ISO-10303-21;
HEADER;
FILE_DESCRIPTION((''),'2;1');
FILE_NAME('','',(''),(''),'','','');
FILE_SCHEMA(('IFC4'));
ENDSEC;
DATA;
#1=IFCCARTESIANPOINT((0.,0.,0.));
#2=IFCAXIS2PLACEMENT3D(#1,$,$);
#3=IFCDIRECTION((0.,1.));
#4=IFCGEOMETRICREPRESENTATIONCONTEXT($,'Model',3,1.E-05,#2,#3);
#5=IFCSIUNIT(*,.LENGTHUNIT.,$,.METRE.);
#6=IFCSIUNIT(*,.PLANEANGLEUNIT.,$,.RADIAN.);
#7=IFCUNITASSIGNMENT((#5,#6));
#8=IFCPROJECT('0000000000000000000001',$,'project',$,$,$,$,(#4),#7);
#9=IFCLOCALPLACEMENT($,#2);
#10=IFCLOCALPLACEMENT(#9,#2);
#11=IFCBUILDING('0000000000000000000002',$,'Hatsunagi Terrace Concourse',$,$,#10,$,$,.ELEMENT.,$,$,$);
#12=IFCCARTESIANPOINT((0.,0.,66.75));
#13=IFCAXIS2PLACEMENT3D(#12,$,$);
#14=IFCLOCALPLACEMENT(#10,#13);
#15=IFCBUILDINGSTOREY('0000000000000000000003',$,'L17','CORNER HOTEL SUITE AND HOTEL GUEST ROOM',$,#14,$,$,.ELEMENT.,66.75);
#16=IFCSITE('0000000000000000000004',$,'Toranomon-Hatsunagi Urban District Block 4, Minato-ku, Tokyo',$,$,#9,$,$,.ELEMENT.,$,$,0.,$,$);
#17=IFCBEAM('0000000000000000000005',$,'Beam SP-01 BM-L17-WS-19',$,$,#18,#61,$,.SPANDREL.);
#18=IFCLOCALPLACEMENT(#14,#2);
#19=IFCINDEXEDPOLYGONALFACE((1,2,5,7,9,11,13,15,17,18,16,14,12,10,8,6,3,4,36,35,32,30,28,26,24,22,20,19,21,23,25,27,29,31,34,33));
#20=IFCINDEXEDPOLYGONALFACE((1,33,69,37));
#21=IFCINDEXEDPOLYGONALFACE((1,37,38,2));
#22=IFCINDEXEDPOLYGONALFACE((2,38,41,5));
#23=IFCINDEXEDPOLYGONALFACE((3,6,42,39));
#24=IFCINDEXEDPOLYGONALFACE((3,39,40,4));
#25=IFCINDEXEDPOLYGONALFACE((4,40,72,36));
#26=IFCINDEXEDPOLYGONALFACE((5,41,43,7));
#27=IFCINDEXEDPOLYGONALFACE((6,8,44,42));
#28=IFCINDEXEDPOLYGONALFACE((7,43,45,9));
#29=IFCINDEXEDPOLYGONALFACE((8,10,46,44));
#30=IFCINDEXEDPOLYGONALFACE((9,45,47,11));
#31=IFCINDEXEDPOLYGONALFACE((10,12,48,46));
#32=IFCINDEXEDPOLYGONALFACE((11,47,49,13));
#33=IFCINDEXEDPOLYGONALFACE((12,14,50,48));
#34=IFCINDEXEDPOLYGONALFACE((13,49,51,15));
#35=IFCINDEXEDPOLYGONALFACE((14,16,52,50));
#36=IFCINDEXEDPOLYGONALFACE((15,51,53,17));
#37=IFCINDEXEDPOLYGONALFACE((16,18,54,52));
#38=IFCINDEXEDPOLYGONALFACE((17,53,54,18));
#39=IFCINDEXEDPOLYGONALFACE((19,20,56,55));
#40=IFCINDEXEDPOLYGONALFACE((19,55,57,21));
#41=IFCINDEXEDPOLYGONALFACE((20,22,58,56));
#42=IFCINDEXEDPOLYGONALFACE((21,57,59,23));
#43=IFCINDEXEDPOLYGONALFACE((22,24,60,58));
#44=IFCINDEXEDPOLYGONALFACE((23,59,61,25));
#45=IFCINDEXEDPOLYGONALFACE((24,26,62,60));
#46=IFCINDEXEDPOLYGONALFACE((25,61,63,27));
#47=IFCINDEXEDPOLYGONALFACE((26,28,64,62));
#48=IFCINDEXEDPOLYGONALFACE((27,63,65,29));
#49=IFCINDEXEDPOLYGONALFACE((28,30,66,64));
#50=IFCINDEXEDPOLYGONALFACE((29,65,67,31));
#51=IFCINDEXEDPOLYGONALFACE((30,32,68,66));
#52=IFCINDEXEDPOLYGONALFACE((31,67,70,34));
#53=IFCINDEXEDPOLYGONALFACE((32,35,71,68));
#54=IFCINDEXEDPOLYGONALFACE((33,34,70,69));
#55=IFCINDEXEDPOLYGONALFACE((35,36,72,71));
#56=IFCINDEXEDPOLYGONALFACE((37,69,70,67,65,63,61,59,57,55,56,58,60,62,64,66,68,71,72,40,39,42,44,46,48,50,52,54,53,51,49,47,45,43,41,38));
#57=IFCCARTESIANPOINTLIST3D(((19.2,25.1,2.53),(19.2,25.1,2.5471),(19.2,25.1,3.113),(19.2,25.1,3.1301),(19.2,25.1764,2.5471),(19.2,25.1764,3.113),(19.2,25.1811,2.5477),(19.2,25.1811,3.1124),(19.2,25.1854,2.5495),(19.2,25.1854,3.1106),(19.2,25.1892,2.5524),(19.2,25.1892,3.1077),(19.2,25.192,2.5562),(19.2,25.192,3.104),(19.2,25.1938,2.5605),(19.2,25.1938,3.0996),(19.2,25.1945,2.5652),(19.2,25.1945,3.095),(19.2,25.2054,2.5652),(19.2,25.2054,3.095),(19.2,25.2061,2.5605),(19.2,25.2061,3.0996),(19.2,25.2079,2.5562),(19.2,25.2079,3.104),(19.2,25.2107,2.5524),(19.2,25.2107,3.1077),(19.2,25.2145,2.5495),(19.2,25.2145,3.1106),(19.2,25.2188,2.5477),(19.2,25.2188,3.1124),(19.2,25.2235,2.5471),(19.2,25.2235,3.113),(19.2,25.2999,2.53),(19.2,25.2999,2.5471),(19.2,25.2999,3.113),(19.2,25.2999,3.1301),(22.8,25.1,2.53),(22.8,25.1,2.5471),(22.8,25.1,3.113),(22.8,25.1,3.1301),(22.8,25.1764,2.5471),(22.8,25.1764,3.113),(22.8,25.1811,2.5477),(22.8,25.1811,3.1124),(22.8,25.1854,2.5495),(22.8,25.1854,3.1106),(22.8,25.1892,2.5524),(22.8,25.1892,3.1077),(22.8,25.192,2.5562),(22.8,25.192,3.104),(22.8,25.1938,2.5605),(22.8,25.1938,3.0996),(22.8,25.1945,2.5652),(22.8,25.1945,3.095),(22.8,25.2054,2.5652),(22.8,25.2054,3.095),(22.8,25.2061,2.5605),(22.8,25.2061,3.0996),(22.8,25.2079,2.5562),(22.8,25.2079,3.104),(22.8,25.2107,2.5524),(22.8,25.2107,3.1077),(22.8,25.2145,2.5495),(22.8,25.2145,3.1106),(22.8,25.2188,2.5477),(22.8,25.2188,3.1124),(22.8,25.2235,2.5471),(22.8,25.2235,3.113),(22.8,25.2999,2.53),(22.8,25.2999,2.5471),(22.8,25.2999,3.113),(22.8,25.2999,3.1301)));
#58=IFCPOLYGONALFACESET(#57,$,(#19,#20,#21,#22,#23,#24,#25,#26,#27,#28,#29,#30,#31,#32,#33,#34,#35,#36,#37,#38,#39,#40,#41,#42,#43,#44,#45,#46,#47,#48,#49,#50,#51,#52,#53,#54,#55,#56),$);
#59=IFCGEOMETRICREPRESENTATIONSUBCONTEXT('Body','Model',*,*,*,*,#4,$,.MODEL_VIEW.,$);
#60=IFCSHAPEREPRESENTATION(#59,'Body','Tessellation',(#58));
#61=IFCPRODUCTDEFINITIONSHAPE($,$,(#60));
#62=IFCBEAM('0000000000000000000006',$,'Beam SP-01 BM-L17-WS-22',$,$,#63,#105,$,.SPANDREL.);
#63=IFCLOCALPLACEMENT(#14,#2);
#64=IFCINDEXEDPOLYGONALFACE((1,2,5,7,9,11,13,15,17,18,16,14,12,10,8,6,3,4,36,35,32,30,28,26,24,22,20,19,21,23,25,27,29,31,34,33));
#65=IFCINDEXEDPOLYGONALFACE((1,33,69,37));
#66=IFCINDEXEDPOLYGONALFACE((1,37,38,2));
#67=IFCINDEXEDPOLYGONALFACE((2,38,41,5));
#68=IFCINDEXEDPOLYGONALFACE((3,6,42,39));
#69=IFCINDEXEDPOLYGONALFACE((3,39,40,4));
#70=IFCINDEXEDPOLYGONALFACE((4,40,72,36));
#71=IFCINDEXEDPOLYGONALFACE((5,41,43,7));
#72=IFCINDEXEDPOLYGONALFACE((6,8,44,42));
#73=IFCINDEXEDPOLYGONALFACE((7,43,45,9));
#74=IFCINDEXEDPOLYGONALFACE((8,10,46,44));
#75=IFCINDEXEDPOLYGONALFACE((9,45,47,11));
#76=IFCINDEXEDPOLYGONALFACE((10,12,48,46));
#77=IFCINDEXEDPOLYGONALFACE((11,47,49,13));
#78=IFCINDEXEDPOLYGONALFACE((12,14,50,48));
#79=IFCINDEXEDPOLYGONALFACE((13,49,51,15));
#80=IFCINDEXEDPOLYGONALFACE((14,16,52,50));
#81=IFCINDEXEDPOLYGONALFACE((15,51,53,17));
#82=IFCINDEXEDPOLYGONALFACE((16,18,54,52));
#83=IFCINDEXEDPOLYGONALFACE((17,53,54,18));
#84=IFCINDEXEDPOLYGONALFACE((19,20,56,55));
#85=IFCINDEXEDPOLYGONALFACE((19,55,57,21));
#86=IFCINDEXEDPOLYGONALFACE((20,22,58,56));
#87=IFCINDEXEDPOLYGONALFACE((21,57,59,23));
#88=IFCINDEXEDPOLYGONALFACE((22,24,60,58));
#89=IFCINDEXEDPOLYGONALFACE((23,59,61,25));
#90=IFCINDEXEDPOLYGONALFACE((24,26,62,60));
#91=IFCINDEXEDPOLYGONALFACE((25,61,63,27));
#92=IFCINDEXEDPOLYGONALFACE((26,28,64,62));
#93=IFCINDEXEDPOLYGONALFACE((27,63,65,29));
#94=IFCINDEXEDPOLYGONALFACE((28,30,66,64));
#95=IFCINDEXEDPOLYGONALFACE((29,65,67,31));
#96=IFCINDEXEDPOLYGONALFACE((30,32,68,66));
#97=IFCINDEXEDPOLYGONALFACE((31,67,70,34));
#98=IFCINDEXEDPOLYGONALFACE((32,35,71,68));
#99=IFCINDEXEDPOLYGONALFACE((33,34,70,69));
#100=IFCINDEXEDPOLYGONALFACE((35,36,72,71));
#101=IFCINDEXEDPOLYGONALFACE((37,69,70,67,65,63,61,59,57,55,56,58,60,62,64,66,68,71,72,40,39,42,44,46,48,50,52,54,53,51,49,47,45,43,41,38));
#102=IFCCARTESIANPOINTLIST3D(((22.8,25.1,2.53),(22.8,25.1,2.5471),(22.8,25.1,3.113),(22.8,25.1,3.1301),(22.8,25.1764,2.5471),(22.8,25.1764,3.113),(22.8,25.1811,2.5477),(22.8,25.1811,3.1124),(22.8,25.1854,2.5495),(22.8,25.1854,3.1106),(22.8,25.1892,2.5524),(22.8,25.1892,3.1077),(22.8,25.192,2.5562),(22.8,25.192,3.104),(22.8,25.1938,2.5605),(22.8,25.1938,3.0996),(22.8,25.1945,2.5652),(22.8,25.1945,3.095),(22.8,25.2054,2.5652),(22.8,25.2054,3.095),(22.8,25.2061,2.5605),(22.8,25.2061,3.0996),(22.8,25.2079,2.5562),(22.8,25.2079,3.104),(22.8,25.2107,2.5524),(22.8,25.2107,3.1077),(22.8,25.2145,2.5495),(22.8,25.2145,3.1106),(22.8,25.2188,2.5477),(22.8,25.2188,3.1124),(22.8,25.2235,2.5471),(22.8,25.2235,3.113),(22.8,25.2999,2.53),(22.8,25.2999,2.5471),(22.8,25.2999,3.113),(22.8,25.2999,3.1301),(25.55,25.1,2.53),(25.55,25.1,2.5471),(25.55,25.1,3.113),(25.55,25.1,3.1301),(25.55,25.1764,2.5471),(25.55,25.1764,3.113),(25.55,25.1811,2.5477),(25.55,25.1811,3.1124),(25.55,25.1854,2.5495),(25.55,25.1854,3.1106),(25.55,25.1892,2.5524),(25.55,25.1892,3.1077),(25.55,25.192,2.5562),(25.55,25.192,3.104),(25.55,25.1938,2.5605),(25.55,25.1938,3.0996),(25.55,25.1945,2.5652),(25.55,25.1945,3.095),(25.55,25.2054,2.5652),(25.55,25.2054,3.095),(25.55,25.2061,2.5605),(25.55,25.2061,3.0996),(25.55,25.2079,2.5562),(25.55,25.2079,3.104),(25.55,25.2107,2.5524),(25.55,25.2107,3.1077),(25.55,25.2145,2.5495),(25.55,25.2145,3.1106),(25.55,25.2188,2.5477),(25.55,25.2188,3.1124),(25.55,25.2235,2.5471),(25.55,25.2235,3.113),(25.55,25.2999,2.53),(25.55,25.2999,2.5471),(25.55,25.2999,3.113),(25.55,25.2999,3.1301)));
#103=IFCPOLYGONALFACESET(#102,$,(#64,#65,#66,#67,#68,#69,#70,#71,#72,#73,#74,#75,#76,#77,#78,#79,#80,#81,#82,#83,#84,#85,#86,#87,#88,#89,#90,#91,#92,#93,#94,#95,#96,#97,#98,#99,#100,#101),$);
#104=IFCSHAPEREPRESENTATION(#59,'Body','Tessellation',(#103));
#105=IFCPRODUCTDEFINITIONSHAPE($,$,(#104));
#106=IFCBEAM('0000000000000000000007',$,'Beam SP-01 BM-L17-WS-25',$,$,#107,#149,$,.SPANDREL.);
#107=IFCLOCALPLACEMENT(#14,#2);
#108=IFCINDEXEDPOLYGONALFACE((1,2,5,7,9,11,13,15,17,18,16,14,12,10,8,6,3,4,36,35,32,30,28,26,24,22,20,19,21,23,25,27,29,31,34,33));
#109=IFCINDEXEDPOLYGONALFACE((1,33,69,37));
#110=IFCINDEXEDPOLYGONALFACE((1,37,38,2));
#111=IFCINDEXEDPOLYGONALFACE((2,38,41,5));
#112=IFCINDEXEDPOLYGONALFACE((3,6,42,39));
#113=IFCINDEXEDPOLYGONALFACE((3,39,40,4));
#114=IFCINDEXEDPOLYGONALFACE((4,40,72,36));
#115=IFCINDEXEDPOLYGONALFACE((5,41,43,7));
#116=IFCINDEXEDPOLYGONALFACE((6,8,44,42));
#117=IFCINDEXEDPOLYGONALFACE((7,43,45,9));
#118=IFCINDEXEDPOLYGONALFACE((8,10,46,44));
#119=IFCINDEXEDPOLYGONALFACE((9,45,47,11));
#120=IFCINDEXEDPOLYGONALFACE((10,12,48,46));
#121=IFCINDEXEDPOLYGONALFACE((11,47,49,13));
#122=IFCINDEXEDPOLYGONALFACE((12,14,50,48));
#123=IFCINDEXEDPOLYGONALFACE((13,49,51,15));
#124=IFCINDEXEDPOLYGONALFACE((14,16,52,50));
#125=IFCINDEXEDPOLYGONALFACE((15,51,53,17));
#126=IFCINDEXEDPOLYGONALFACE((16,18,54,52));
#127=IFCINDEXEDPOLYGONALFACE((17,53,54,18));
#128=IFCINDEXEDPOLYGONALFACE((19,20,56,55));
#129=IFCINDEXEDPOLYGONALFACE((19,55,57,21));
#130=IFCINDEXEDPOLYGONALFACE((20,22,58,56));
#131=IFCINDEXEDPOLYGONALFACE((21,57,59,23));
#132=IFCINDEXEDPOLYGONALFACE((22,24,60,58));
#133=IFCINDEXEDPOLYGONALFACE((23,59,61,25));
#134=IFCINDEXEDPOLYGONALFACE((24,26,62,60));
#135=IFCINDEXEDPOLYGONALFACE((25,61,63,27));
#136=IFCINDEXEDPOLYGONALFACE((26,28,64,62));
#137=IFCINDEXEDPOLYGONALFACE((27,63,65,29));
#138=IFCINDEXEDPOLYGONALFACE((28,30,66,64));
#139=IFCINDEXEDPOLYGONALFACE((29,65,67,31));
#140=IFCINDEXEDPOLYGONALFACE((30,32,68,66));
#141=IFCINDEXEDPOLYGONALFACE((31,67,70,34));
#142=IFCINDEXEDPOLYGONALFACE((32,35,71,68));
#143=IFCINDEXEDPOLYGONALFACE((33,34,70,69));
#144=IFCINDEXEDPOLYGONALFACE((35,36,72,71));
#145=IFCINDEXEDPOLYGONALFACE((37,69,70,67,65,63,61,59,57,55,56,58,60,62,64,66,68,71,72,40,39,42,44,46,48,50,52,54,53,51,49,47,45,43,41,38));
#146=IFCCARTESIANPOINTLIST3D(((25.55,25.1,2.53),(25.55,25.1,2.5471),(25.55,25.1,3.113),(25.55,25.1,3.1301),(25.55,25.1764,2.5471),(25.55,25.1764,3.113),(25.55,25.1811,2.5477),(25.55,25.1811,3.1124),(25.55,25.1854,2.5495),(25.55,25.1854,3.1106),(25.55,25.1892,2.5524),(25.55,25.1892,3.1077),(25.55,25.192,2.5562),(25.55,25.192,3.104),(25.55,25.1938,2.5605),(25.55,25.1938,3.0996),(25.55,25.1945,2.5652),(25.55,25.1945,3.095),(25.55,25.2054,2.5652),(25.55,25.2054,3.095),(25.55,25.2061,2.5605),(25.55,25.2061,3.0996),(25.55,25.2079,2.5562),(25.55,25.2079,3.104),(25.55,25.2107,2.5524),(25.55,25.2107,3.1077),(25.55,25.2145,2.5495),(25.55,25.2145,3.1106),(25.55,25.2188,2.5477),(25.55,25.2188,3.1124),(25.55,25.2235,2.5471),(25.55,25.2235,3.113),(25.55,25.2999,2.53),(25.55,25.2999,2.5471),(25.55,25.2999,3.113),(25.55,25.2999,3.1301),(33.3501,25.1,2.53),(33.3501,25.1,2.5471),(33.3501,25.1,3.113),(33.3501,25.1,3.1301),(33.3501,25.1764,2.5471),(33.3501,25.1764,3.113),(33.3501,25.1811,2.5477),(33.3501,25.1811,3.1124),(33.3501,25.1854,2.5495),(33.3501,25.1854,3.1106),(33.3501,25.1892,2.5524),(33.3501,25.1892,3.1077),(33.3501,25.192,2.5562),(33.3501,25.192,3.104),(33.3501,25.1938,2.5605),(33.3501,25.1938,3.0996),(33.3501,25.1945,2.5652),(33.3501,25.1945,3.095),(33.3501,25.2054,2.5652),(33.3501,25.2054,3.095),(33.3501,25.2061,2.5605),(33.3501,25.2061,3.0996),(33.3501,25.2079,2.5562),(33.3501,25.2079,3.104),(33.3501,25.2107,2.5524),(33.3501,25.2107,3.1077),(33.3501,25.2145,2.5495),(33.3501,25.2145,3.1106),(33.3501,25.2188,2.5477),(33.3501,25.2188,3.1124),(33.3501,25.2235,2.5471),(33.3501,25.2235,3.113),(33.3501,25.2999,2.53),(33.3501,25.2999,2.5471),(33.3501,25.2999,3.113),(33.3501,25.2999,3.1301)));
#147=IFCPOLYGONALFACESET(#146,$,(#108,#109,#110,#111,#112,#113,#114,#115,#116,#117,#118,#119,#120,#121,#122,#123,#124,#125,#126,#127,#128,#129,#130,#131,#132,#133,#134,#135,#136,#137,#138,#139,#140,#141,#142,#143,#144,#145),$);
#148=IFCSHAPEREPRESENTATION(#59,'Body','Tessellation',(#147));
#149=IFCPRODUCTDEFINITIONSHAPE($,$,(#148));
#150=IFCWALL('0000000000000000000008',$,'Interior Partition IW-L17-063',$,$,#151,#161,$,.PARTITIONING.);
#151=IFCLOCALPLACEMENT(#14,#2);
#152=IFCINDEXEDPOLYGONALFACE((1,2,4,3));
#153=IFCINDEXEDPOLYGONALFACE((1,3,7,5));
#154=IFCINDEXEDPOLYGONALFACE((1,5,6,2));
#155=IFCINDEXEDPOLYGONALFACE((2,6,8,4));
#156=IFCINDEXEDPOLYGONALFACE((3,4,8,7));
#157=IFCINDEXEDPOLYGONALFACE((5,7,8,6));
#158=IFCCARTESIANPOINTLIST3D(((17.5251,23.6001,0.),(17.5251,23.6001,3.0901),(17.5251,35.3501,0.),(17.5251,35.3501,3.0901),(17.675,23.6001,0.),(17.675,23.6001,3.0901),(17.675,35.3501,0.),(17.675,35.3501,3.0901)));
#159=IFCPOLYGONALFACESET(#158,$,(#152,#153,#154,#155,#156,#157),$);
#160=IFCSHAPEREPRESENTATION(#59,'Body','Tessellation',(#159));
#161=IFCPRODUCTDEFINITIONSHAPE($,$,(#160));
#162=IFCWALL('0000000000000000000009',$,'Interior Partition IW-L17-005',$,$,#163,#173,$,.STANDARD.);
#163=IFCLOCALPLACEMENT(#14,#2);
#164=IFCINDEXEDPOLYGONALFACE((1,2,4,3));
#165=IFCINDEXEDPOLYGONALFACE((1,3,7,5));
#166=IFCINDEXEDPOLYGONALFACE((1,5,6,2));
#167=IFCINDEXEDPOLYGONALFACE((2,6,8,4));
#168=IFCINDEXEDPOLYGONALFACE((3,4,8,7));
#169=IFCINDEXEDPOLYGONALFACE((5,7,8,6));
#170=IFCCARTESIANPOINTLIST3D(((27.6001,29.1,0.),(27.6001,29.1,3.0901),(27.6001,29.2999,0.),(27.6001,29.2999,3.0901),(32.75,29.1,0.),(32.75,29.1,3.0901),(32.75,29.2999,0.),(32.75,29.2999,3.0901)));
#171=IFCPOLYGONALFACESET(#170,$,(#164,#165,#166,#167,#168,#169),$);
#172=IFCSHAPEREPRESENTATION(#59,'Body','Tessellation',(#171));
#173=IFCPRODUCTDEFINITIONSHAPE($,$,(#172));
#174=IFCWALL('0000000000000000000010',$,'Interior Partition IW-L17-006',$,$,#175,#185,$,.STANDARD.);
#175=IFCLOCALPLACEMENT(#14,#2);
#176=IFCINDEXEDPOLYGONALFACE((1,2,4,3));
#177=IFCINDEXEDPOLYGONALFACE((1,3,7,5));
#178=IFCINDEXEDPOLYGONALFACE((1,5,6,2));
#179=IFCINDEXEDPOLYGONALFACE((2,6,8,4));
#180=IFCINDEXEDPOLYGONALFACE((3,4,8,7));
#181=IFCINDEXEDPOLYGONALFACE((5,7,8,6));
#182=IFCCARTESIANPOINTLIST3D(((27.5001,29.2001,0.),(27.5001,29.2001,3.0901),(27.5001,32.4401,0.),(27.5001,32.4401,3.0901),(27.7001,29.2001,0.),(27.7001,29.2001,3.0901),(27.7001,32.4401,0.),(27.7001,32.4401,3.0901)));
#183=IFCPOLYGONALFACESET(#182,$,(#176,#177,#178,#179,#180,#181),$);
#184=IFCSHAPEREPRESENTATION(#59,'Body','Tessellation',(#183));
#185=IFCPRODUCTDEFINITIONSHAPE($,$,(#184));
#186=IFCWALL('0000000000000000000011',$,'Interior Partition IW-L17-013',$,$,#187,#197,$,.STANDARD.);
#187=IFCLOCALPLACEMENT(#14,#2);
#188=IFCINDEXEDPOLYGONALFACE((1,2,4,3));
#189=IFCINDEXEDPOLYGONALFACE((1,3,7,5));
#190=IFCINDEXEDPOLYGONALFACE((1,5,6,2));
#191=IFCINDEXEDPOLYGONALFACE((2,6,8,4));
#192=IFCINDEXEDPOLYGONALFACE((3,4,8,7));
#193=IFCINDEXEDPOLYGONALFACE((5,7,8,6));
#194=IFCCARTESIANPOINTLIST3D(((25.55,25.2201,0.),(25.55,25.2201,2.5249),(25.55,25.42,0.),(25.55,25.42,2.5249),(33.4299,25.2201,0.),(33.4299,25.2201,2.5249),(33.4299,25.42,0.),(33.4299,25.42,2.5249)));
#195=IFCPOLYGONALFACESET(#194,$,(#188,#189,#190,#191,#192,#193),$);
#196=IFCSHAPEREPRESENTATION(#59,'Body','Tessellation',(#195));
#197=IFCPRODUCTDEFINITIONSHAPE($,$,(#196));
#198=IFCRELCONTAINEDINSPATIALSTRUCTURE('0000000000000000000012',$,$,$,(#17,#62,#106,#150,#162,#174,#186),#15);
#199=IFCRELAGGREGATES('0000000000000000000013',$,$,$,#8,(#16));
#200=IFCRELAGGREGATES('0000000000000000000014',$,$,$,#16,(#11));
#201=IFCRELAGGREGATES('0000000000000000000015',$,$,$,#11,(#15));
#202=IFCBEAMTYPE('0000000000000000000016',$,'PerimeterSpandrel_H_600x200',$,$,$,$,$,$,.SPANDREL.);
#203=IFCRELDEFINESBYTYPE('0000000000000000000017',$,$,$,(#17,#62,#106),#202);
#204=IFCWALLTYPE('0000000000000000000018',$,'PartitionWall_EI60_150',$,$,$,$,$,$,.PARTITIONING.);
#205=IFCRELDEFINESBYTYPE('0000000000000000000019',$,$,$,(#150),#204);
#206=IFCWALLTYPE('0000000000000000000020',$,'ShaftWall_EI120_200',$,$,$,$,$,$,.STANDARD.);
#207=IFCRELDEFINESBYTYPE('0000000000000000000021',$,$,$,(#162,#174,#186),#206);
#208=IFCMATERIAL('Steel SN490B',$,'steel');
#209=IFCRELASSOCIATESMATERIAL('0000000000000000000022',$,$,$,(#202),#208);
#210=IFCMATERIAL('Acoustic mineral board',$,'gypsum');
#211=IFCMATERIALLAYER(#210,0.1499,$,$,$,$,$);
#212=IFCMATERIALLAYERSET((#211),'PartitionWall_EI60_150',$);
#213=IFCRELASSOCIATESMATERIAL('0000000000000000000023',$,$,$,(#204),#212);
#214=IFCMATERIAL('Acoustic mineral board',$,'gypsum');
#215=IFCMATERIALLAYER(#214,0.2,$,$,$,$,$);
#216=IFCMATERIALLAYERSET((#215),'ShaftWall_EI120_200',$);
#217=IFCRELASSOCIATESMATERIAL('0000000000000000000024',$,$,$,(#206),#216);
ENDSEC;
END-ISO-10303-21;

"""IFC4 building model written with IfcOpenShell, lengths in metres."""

from ifc_helpers import new_model, si_unit, direction, frame, frame_2d, origin, origin_2d, place, context, subcontext, project, spatial, rectangle, i_section, extrude, material, layer, layer_set, material_profile, profile_set, type_object, element, save


model = new_model("IFC4")

# Units and contexts
model_context = context("Model", 3, precision=1e-05, world=origin(), true_north=direction((0.0, 1.0)))
body_context = subcontext(model_context, "Body", "Model", "MODEL_VIEW")
ifc_project = project(units=[si_unit("LENGTHUNIT", "METRE"), si_unit("PLANEANGLEUNIT", "RADIAN")], contexts=[model_context])

# Site, building, storey
site_placement = place(None, origin())
site = spatial("IfcSite", under=ifc_project, at=site_placement, Name="Toranomon-Hatsunagi Urban District Block 4, Minato-ku, Tokyo", CompositionType="ELEMENT", RefElevation=0.0)
building_placement = place(site_placement, origin())
building = spatial("IfcBuilding", under=site, at=building_placement, Name="Hatsunagi Terrace Concourse", CompositionType="ELEMENT")
storey_placement = place(building_placement, frame((0.0, 0.0, 66.75)))
storey = spatial("IfcBuildingStorey", under=building, at=storey_placement, Name="L17", Description="CORNER HOTEL SUITE AND HOTEL GUEST ROOM", CompositionType="ELEMENT", Elevation=66.75)

# Beams
ifc_material_1 = material(Name="Steel SN490B", Category="steel")
ifc_material_profile_1 = material_profile(ifc_material_1, i_section(OverallWidth=0.2, OverallDepth=0.6001, WebThickness=0.011, FlangeThickness=0.0171, FilletRadius=0.0181, at=origin_2d()), Name="H-600x200x11x17")
ifc_profile_set_1 = profile_set([ifc_material_profile_1], Name="Steel SN490B")
beam_type_1 = type_object("IfcBeamType", Name="PerimeterSpandrel_H_600x200", PredefinedType="SPANDREL", material=ifc_profile_set_1)
beam_1_placement = place(storey_placement, frame((19.2, 25.2, 2.8301), z_axis=(1.0, 0.0, 0.0), x_axis=(0.0, 1.0, 0.0)))
element("IfcBeam", 1, at=beam_1_placement, inside=storey, type_object=beam_type_1, Name="Beam SP-01 BM-L17-WS-19", PredefinedType="SPANDREL", context=body_context, shape_type="SweptSolid", body=[
    extrude(i_section(OverallWidth=0.2, OverallDepth=0.6001, WebThickness=0.011, FlangeThickness=0.0171, FilletRadius=0.0181, at=origin_2d()), origin(), (0.0, 0.0, 1.0), 3.6001),
])
beam_2_placement = place(storey_placement, frame((22.8, 25.2, 2.8301), z_axis=(1.0, 0.0, 0.0), x_axis=(0.0, 1.0, 0.0)))
element("IfcBeam", 2, at=beam_2_placement, inside=storey, type_object=beam_type_1, Name="Beam SP-01 BM-L17-WS-22", PredefinedType="SPANDREL", context=body_context, shape_type="SweptSolid", body=[
    extrude(i_section(OverallWidth=0.2, OverallDepth=0.6001, WebThickness=0.011, FlangeThickness=0.0171, FilletRadius=0.0181, at=origin_2d()), origin(), (0.0, 0.0, 1.0), 2.75),
])
beam_3_placement = place(storey_placement, frame((25.55, 25.2, 2.8301), z_axis=(1.0, 0.0, 0.0), x_axis=(0.0, 1.0, 0.0)))
element("IfcBeam", 3, at=beam_3_placement, inside=storey, type_object=beam_type_1, Name="Beam SP-01 BM-L17-WS-25", PredefinedType="SPANDREL", context=body_context, shape_type="SweptSolid", body=[
    extrude(i_section(OverallWidth=0.2, OverallDepth=0.6001, WebThickness=0.011, FlangeThickness=0.0171, FilletRadius=0.0181, at=origin_2d()), origin(), (0.0, 0.0, 1.0), 7.8),
])

# Walls
ifc_material_2 = material(Name="Acoustic mineral board", Category="gypsum")
ifc_layer_1 = layer(ifc_material_2, 0.1499)
ifc_layer_set_1 = layer_set([ifc_layer_1], Name="PartitionWall_EI60_150")
wall_type_1 = type_object("IfcWallType", Name="PartitionWall_EI60_150", PredefinedType="PARTITIONING", material=ifc_layer_set_1)
wall_1_placement = place(storey_placement, frame((17.6001, 23.6001, 0.0), z_axis=(0.0, 0.0, 1.0), x_axis=(0.0, 1.0, 0.0)))
element("IfcWall", 4, at=wall_1_placement, inside=storey, type_object=wall_type_1, Name="Interior Partition IW-L17-063", PredefinedType="PARTITIONING", context=body_context, shape_type="SweptSolid", body=[
    extrude(rectangle(XDim=11.75, YDim=0.1499, at=frame_2d((5.875, 0.0))), origin(), (0.0, 0.0, 1.0), 3.0901),
])
ifc_material_3 = material(Name="Acoustic mineral board", Category="gypsum")
ifc_layer_2 = layer(ifc_material_3, 0.2)
ifc_layer_set_2 = layer_set([ifc_layer_2], Name="ShaftWall_EI120_200")
wall_type_2 = type_object("IfcWallType", Name="ShaftWall_EI120_200", PredefinedType="STANDARD", material=ifc_layer_set_2)
wall_2_placement = place(storey_placement, frame((27.6001, 29.2, 0.0), z_axis=(0.0, 0.0, 1.0), x_axis=(1.0, 0.0, 0.0)))
element("IfcWall", 5, at=wall_2_placement, inside=storey, type_object=wall_type_2, Name="Interior Partition IW-L17-005", PredefinedType="STANDARD", context=body_context, shape_type="SweptSolid", body=[
    extrude(rectangle(XDim=5.1499, YDim=0.2, at=frame_2d((2.575, 0.0))), origin(), (0.0, 0.0, 1.0), 3.0901),
])
wall_3_placement = place(storey_placement, frame((27.6001, 29.2, 0.0), z_axis=(0.0, 0.0, 1.0), x_axis=(0.0, 1.0, 0.0)))
element("IfcWall", 6, at=wall_3_placement, inside=storey, type_object=wall_type_2, Name="Interior Partition IW-L17-006", PredefinedType="STANDARD", context=body_context, shape_type="SweptSolid", body=[
    extrude(rectangle(XDim=3.24, YDim=0.2, at=frame_2d((1.6201, 0.0))), origin(), (0.0, 0.0, 1.0), 3.0901),
])
wall_4_placement = place(storey_placement, frame((25.55, 25.3201, 0.0), z_axis=(0.0, 0.0, 1.0), x_axis=(1.0, 0.0, 0.0)))
element("IfcWall", 7, at=wall_4_placement, inside=storey, type_object=wall_type_2, Name="Interior Partition IW-L17-013", PredefinedType="STANDARD", context=body_context, shape_type="SweptSolid", body=[
    extrude(rectangle(XDim=7.8799, YDim=0.2, at=frame_2d((3.9399, 0.0))), origin(), (0.0, 0.0, 1.0), 2.5249),
])

save(model, "model.ifc")
